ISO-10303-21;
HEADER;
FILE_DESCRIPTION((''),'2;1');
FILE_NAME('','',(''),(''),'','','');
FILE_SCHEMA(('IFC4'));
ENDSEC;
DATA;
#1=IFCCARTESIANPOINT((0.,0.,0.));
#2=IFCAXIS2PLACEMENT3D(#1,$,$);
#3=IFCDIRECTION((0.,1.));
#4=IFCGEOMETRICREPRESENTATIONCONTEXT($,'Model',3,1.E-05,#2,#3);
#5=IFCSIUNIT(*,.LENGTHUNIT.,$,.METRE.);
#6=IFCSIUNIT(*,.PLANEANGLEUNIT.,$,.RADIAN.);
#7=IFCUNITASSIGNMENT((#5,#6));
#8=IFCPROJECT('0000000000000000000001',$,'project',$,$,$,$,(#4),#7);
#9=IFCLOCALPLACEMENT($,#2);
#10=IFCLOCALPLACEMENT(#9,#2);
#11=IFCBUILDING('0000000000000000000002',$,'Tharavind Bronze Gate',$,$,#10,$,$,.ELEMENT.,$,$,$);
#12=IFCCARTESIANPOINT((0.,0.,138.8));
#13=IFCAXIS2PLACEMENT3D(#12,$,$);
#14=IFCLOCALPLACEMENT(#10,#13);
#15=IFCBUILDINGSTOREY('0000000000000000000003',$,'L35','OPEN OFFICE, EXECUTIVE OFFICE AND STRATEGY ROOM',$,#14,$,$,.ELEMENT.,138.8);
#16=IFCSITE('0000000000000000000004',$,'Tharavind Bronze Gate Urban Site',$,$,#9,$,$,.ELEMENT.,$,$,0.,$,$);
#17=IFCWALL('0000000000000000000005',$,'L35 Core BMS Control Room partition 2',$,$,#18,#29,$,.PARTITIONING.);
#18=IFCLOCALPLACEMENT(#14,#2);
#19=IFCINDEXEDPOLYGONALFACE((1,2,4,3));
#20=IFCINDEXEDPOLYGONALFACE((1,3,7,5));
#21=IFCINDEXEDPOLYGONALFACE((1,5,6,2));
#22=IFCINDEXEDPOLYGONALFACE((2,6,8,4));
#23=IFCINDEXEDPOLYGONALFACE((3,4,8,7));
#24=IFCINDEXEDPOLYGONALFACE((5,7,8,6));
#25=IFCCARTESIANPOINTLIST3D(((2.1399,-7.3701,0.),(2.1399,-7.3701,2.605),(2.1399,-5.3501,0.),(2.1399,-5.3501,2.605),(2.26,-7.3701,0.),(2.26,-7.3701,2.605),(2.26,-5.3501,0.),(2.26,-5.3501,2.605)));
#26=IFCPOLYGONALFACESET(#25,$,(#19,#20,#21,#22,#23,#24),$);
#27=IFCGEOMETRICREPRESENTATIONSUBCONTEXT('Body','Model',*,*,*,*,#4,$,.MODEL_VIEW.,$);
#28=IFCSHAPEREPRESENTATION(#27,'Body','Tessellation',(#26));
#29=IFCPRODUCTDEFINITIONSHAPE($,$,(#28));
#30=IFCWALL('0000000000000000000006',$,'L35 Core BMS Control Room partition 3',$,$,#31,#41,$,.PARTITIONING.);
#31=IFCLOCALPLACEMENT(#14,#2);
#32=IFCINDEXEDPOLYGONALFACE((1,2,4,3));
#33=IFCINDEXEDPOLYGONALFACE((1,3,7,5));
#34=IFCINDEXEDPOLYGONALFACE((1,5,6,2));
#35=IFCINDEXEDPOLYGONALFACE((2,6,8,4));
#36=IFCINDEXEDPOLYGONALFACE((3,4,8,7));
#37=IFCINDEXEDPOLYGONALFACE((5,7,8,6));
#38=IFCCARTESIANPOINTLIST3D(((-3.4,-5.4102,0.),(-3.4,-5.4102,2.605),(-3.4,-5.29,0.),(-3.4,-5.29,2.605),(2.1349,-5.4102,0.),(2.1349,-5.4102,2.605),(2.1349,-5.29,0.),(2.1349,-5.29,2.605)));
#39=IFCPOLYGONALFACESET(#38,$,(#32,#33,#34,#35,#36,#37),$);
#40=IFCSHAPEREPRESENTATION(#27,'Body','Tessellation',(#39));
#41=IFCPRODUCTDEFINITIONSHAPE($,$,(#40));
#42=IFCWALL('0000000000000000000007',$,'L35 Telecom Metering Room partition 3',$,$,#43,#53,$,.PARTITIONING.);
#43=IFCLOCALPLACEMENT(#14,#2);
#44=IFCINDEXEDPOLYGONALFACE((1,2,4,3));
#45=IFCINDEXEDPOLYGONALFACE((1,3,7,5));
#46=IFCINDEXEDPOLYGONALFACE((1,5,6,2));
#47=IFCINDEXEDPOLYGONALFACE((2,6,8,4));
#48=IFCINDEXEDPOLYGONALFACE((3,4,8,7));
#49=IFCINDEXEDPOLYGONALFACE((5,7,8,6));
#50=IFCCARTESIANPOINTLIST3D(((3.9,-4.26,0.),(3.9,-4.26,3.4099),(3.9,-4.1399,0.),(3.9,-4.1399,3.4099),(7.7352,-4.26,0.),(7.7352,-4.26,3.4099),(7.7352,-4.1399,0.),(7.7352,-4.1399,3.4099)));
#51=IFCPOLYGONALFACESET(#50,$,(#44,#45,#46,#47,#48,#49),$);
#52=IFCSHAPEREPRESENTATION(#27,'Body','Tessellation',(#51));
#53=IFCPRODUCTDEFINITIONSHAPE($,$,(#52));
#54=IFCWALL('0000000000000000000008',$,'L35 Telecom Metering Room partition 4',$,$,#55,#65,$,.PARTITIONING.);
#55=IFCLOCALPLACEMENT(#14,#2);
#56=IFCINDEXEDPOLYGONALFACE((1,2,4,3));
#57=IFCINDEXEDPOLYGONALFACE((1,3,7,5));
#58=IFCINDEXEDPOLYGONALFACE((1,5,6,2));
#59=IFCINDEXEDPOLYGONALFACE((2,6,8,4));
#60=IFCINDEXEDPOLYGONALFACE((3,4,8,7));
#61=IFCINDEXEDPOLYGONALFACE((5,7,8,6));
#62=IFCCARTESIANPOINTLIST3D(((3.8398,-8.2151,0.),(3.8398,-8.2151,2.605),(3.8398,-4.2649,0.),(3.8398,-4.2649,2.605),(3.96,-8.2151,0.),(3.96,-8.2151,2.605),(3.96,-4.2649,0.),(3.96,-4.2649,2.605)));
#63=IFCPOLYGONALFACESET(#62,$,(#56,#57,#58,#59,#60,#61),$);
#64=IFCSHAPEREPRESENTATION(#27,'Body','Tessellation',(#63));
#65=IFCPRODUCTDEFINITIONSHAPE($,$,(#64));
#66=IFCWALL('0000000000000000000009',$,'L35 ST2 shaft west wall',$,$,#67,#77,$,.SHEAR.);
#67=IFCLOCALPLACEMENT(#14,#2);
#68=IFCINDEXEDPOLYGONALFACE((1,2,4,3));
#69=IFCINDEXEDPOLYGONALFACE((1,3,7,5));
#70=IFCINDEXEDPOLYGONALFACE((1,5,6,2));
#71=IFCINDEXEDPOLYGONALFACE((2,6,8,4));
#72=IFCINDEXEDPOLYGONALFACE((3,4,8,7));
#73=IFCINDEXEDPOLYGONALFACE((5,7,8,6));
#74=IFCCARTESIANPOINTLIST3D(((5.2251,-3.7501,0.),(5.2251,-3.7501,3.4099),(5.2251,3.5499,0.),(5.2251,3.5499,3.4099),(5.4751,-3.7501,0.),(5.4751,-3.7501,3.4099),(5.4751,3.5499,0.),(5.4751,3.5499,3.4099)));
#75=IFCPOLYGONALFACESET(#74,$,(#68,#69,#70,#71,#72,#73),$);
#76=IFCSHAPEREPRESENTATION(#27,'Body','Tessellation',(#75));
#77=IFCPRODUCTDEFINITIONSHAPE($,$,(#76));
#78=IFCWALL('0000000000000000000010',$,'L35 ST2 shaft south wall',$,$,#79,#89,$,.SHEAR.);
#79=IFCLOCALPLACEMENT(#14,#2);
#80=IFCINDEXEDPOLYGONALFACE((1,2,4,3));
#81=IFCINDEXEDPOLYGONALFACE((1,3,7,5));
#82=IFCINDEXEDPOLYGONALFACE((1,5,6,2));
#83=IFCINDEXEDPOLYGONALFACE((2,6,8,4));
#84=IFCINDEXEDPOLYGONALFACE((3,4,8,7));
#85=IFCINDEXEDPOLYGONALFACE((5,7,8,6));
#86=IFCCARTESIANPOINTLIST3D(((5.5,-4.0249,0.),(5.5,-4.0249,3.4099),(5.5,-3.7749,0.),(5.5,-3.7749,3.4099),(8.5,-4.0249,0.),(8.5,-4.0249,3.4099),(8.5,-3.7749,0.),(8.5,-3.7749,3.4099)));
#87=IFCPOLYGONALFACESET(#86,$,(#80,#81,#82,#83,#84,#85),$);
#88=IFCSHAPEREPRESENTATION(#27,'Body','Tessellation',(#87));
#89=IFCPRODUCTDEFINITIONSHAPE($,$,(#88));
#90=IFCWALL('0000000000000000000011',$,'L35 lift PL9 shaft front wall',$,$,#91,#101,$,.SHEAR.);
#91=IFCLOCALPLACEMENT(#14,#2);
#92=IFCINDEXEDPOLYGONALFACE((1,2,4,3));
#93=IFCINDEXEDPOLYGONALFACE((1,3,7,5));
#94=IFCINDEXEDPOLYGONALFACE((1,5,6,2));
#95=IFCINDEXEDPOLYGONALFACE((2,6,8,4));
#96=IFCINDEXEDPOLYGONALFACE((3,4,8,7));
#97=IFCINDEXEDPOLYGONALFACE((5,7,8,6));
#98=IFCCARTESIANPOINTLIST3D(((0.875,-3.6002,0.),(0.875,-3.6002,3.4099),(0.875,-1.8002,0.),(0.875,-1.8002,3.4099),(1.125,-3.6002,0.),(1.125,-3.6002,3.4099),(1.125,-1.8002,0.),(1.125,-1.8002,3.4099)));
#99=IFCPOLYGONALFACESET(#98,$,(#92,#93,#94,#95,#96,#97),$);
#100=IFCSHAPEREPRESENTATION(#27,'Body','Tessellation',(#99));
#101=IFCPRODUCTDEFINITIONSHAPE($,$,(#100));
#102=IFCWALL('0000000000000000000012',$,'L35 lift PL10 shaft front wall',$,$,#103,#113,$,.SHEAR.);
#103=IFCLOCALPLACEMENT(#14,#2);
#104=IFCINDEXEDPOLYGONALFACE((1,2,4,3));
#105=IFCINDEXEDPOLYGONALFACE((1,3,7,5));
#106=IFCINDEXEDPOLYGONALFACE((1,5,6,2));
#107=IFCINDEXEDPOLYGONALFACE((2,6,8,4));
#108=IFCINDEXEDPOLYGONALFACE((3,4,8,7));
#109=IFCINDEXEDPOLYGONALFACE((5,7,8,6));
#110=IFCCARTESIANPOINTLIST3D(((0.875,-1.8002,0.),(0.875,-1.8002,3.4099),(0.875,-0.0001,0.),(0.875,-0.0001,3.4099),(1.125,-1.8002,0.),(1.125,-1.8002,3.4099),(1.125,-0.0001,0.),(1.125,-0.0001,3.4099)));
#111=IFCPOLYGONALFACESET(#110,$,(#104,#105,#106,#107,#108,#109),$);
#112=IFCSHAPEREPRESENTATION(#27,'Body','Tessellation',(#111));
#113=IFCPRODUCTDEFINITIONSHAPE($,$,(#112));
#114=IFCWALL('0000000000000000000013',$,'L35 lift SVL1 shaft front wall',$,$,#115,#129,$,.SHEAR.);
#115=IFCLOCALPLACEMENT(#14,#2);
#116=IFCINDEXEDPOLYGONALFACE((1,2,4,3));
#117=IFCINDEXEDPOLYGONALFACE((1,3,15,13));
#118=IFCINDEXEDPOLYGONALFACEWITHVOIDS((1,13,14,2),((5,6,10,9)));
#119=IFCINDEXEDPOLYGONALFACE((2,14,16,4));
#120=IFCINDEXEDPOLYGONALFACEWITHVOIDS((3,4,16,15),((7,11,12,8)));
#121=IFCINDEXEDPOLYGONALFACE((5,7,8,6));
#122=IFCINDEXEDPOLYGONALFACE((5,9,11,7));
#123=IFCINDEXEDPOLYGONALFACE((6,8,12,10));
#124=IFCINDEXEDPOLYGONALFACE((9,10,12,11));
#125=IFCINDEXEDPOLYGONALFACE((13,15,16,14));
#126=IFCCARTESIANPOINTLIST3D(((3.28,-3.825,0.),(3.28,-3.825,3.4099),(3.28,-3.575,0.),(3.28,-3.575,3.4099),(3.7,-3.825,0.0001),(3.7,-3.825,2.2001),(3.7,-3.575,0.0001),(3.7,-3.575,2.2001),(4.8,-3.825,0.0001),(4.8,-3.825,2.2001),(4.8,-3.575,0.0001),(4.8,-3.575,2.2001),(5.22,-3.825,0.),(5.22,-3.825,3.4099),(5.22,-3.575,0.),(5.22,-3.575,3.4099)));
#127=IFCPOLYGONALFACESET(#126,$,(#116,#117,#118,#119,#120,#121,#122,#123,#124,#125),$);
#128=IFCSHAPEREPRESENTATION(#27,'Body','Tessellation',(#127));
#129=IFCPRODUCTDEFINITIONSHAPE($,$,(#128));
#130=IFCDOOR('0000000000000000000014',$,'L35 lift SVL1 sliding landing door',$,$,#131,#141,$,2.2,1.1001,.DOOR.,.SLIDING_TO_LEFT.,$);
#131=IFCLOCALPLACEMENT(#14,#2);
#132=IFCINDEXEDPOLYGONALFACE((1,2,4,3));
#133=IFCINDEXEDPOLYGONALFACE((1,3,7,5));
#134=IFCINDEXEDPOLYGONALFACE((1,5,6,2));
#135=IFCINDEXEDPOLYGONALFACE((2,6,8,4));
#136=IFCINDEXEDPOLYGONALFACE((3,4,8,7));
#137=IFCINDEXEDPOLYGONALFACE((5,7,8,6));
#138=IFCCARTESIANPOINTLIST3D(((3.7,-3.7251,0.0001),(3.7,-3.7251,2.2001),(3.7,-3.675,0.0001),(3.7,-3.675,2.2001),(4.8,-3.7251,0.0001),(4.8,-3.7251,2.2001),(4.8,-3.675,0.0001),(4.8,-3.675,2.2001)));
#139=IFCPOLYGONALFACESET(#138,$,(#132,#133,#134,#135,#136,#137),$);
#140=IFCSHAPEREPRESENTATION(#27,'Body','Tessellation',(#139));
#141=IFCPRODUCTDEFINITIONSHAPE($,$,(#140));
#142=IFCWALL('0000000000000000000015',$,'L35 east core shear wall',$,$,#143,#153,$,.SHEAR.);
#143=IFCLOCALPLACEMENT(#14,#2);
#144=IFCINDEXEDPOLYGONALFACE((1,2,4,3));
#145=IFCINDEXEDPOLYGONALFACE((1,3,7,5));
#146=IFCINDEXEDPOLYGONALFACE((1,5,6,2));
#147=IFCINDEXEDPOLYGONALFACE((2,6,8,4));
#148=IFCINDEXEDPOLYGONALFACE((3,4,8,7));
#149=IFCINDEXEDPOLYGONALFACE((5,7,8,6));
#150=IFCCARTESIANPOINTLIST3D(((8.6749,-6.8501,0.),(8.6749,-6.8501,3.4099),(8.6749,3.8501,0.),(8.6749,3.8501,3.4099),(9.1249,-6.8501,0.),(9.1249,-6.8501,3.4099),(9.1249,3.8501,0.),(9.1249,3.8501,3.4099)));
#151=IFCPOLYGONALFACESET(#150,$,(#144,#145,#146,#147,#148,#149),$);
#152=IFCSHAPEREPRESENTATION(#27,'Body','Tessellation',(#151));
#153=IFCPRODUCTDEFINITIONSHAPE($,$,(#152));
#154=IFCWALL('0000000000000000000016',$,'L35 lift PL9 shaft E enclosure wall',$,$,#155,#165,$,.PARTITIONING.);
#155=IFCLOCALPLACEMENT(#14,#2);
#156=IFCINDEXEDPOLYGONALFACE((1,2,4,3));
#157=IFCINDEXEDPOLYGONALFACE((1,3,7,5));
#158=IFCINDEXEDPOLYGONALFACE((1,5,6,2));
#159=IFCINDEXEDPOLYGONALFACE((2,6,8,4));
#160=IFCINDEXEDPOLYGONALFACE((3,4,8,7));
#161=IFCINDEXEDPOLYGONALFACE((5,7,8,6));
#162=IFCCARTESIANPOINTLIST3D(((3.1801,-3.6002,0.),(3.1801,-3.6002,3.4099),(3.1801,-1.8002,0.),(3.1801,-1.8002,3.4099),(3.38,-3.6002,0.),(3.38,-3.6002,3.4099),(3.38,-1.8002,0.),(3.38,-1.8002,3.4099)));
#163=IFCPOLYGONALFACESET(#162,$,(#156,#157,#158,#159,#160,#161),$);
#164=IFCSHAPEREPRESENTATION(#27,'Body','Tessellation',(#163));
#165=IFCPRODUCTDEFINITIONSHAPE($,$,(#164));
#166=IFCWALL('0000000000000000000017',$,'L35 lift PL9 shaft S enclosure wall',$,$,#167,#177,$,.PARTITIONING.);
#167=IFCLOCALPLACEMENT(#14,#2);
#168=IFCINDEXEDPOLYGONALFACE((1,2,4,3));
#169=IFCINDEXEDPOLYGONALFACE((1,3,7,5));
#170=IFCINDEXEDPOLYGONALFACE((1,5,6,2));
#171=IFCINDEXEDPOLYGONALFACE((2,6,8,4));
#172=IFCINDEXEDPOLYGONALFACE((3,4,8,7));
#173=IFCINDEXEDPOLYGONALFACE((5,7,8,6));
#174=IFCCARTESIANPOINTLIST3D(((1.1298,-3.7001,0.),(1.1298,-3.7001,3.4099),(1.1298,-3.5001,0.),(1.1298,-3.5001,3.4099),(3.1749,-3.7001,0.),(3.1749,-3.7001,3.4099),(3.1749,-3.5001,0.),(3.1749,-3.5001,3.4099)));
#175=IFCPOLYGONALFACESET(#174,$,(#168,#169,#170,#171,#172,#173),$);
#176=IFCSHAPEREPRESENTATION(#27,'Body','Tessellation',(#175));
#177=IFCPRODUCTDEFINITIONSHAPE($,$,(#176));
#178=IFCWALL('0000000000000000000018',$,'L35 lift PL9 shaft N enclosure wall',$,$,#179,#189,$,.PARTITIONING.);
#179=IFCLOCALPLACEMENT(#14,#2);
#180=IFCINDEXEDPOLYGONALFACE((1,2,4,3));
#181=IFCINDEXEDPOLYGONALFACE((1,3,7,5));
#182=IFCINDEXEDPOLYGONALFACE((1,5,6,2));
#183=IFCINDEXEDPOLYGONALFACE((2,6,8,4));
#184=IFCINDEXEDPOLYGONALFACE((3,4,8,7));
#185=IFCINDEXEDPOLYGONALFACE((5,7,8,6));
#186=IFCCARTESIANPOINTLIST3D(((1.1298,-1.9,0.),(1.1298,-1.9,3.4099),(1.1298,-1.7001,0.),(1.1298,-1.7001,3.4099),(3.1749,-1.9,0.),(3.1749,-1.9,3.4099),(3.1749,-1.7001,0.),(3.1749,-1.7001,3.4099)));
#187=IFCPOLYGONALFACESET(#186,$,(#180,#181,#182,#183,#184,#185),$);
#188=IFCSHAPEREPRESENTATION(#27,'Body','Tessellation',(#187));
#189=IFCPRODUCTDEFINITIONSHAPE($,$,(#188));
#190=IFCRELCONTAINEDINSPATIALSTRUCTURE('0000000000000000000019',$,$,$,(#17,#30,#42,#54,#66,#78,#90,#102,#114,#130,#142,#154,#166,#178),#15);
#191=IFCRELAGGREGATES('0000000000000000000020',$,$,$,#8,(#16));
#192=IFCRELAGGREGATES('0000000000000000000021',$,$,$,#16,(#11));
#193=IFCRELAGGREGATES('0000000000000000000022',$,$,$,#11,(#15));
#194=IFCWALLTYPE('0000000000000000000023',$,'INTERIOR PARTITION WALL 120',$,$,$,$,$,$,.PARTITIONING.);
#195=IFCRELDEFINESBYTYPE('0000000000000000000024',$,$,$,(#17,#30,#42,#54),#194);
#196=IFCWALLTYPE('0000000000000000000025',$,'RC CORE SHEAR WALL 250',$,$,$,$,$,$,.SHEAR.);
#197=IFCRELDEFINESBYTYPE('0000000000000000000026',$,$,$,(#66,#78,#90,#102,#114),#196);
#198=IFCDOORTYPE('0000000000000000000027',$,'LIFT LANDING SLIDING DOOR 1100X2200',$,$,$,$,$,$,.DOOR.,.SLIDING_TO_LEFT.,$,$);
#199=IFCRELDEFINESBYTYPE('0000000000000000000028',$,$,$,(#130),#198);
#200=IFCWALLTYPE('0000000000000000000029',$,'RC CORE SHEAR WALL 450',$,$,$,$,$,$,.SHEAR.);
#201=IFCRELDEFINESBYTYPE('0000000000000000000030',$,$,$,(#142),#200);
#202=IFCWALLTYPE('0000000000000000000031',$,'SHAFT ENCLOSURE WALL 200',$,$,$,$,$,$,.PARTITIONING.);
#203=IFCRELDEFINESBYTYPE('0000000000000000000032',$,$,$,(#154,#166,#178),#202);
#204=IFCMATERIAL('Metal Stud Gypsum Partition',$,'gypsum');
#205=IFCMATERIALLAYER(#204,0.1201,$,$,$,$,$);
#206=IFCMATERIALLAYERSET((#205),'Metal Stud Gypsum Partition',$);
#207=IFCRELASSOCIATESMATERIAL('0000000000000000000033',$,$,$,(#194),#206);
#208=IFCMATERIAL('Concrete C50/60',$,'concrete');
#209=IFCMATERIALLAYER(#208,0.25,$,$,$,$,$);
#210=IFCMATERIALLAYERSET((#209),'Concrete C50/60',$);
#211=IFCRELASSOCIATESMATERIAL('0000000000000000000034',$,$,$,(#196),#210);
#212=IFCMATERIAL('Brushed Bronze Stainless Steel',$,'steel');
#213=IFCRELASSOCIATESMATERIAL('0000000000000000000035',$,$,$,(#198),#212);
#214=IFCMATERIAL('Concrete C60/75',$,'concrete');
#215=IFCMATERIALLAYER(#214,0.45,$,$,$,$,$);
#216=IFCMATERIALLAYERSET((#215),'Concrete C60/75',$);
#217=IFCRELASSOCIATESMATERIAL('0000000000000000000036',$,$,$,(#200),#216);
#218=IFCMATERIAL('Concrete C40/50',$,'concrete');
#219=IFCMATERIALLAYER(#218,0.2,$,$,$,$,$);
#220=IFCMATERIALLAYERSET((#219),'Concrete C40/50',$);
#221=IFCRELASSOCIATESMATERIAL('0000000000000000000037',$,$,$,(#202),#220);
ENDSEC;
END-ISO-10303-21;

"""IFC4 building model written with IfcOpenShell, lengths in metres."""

from ifc_helpers import new_model, si_unit, direction, frame, frame_2d, origin, place, context, subcontext, project, spatial, rectangle, extrude, material, layer, layer_set, type_object, element, fill, save


model = new_model("IFC4")

# Units and contexts
model_context = context("Model", 3, precision=1e-05, world=origin(), true_north=direction((0.0, 1.0)))
body_context = subcontext(model_context, "Body", "Model", "MODEL_VIEW")
ifc_project = project(units=[si_unit("LENGTHUNIT", "METRE"), si_unit("PLANEANGLEUNIT", "RADIAN")], contexts=[model_context])

# Site, building, storey
site_placement = place(None, origin())
site = spatial("IfcSite", under=ifc_project, at=site_placement, Name="Tharavind Bronze Gate Urban Site", CompositionType="ELEMENT", RefElevation=0.0)
building_placement = place(site_placement, origin())
building = spatial("IfcBuilding", under=site, at=building_placement, Name="Tharavind Bronze Gate", CompositionType="ELEMENT")
storey_placement = place(building_placement, frame((0.0, 0.0, 138.8)))
storey = spatial("IfcBuildingStorey", under=building, at=storey_placement, Name="L35", Description="OPEN OFFICE, EXECUTIVE OFFICE AND STRATEGY ROOM", CompositionType="ELEMENT", Elevation=138.8)

# Shared definitions
ifc_material_1 = material(Name="Concrete C60/75", Category="concrete")

# Walls
ifc_material_2 = material(Name="Metal Stud Gypsum Partition", Category="gypsum")
ifc_layer_1 = layer(ifc_material_2, 0.1201)
ifc_layer_set_1 = layer_set([ifc_layer_1], Name="Metal Stud Gypsum Partition")
wall_type_1 = type_object("IfcWallType", Name="INTERIOR PARTITION WALL 120", PredefinedType="PARTITIONING", material=ifc_layer_set_1)
wall_1_placement = place(storey_placement, frame((2.2, -7.3701, 0.0), z_axis=(0.0, 0.0, 1.0), x_axis=(0.0, 1.0, 0.0)))
element("IfcWall", 1, at=wall_1_placement, inside=storey, type_object=wall_type_1, Name="L35 Core BMS Control Room partition 2", PredefinedType="PARTITIONING", context=body_context, shape_type="SweptSolid", body=[
    extrude(rectangle(XDim=2.02, YDim=0.1201, at=frame_2d((1.01, 0.0))), origin(), (0.0, 0.0, 1.0), 2.605),
])
wall_2_placement = place(storey_placement, frame((2.135, -5.3501, 0.0), z_axis=(0.0, 0.0, 1.0), x_axis=(-1.0, 0.0, 0.0)))
element("IfcWall", 2, at=wall_2_placement, inside=storey, type_object=wall_type_1, Name="L35 Core BMS Control Room partition 3", PredefinedType="PARTITIONING", context=body_context, shape_type="SweptSolid", body=[
    extrude(rectangle(XDim=5.5349, YDim=0.1201, at=frame_2d((2.7676, 0.0))), origin(), (0.0, 0.0, 1.0), 2.605),
])
wall_3_placement = place(storey_placement, frame((7.7351, -4.2, 0.0), z_axis=(0.0, 0.0, 1.0), x_axis=(-1.0, 0.0, 0.0)))
element("IfcWall", 3, at=wall_3_placement, inside=storey, type_object=wall_type_1, Name="L35 Telecom Metering Room partition 3", PredefinedType="PARTITIONING", context=body_context, shape_type="SweptSolid", body=[
    extrude(rectangle(XDim=3.8352, YDim=0.1201, at=frame_2d((1.9175, 0.0))), origin(), (0.0, 0.0, 1.0), 3.4099),
])
wall_4_placement = place(storey_placement, frame((3.8999, -4.2649, 0.0), z_axis=(0.0, 0.0, 1.0), x_axis=(0.0, -1.0, 0.0)))
element("IfcWall", 4, at=wall_4_placement, inside=storey, type_object=wall_type_1, Name="L35 Telecom Metering Room partition 4", PredefinedType="PARTITIONING", context=body_context, shape_type="SweptSolid", body=[
    extrude(rectangle(XDim=3.9502, YDim=0.1201, at=frame_2d((1.9751, 0.0))), origin(), (0.0, 0.0, 1.0), 2.605),
])
ifc_material_3 = material(Name="Concrete C50/60", Category="concrete")
ifc_layer_2 = layer(ifc_material_3, 0.25)
ifc_layer_set_2 = layer_set([ifc_layer_2], Name="Concrete C50/60")
wall_type_2 = type_object("IfcWallType", Name="RC CORE SHEAR WALL 250", PredefinedType="SHEAR", material=ifc_layer_set_2)
wall_5_placement = place(storey_placement, frame((5.3501, -3.75, 0.0), z_axis=(0.0, 0.0, 1.0), x_axis=(0.0, 1.0, 0.0)))
element("IfcWall", 5, at=wall_5_placement, inside=storey, type_object=wall_type_2, Name="L35 ST2 shaft west wall", PredefinedType="SHEAR", context=body_context, shape_type="SweptSolid", body=[
    extrude(rectangle(XDim=7.3, YDim=0.25, at=frame_2d((3.6499, 0.0))), origin(), (0.0, 0.0, 1.0), 3.4099),
])
wall_6_placement = place(storey_placement, frame((5.5, -3.8999, 0.0), z_axis=(0.0, 0.0, 1.0), x_axis=(1.0, 0.0, 0.0)))
element("IfcWall", 6, at=wall_6_placement, inside=storey, type_object=wall_type_2, Name="L35 ST2 shaft south wall", PredefinedType="SHEAR", context=body_context, shape_type="SweptSolid", body=[
    extrude(rectangle(XDim=3.0, YDim=0.25, at=frame_2d((1.5, 0.0))), origin(), (0.0, 0.0, 1.0), 3.4099),
])
for number, where, z_axis, x_axis, name in (
    (7, (1.0, -3.6001, 0.0), (0.0, 0.0, 1.0), (0.0, 1.0, 0.0), "L35 lift PL9 shaft front wall"),
    (8, (1.0, -1.8, 0.0), (0.0, 0.0, 1.0), (0.0, 1.0, 0.0), "L35 lift PL10 shaft front wall"),
):
    element("IfcWall", number, at=place(storey_placement, frame(where, z_axis=z_axis, x_axis=x_axis)), inside=storey, type_object=wall_type_2, Name=name, PredefinedType="SHEAR", context=body_context, shape_type="SweptSolid", body=[
        extrude(rectangle(XDim=1.8, YDim=0.25, at=frame_2d((0.8999, 0.0))), origin(), (0.0, 0.0, 1.0), 3.4099),
    ])

# Wall, opening, door
wall_7_placement = place(storey_placement, frame((3.28, -3.7, 0.0), z_axis=(0.0, 0.0, 1.0), x_axis=(1.0, 0.0, 0.0)))
wall_7 = element("IfcWall", 9, at=wall_7_placement, inside=storey, type_object=wall_type_2, Name="L35 lift SVL1 shaft front wall", PredefinedType="SHEAR", context=body_context, shape_type="SweptSolid", body=[
    extrude(rectangle(XDim=1.9399, YDim=0.25, at=frame_2d((0.97, 0.0))), origin(), (0.0, 0.0, 1.0), 3.4099),
])
opening_1_placement = place(wall_7_placement, frame((0.4199, 0.0, 0.0)))
opening_1 = element("IfcOpeningElement", 10, at=opening_1_placement, cuts=wall_7, PredefinedType="OPENING", context=body_context, shape_type="SweptSolid", body=[
    extrude(rectangle(XDim=1.1001, YDim=2.2, at=frame_2d((0.55, 1.1001))), frame((0.0, 0.135, 0.0), z_axis=(0.0, -1.0, 0.0), x_axis=(1.0, 0.0, 0.0)), (0.0, 0.0, 1.0), 0.27),
])
ifc_material_4 = material(Name="Brushed Bronze Stainless Steel", Category="steel")
door_type_1 = type_object("IfcDoorType", Name="LIFT LANDING SLIDING DOOR 1100X2200", OperationType="SLIDING_TO_LEFT", PredefinedType="DOOR", material=ifc_material_4)
door_1_placement = place(opening_1_placement, origin())
door_1 = element("IfcDoor", 11, at=door_1_placement, inside=storey, type_object=door_type_1, Name="L35 lift SVL1 sliding landing door", OperationType="SLIDING_TO_LEFT", OverallHeight=2.2, OverallWidth=1.1001, PredefinedType="DOOR", context=body_context, shape_type="SweptSolid", body=[
    extrude(rectangle(XDim=1.1001, YDim=2.2, at=frame_2d((0.55, 1.1001))), frame((0.0, 0.0249, 0.0), z_axis=(0.0, -1.0, 0.0), x_axis=(1.0, 0.0, 0.0)), (0.0, 0.0, 1.0), 0.05),
])
fill(opening_1, door_1)

# Walls
ifc_layer_3 = layer(ifc_material_1, 0.45)
ifc_layer_set_3 = layer_set([ifc_layer_3], Name="Concrete C60/75")
wall_type_3 = type_object("IfcWallType", Name="RC CORE SHEAR WALL 450", PredefinedType="SHEAR", material=ifc_layer_set_3)
wall_8_placement = place(storey_placement, frame((8.8999, -6.8501, 0.0), z_axis=(0.0, 0.0, 1.0), x_axis=(0.0, 1.0, 0.0)))
element("IfcWall", 12, at=wall_8_placement, inside=storey, type_object=wall_type_3, Name="L35 east core shear wall", PredefinedType="SHEAR", context=body_context, shape_type="SweptSolid", body=[
    extrude(rectangle(XDim=10.7002, YDim=0.45, at=frame_2d((5.3501, 0.0))), origin(), (0.0, 0.0, 1.0), 3.4099),
])
ifc_material_5 = material(Name="Concrete C40/50", Category="concrete")
ifc_layer_4 = layer(ifc_material_5, 0.2)
ifc_layer_set_4 = layer_set([ifc_layer_4], Name="Concrete C40/50")
wall_type_4 = type_object("IfcWallType", Name="SHAFT ENCLOSURE WALL 200", PredefinedType="PARTITIONING", material=ifc_layer_set_4)
wall_9_placement = place(storey_placement, frame((3.28, -3.6001, 0.0), z_axis=(0.0, 0.0, 1.0), x_axis=(0.0, 1.0, 0.0)))
element("IfcWall", 13, at=wall_9_placement, inside=storey, type_object=wall_type_4, Name="L35 lift PL9 shaft E enclosure wall", PredefinedType="PARTITIONING", context=body_context, shape_type="SweptSolid", body=[
    extrude(rectangle(XDim=1.8, YDim=0.2, at=frame_2d((0.8999, 0.0))), origin(), (0.0, 0.0, 1.0), 3.4099),
])
for number, where, z_axis, x_axis, name in (
    (14, (1.1299, -3.6001, 0.0), (0.0, 0.0, 1.0), (1.0, 0.0, 0.0), "L35 lift PL9 shaft S enclosure wall"),
    (15, (1.1299, -1.8, 0.0), (0.0, 0.0, 1.0), (1.0, 0.0, 0.0), "L35 lift PL9 shaft N enclosure wall"),
):
    element("IfcWall", number, at=place(storey_placement, frame(where, z_axis=z_axis, x_axis=x_axis)), inside=storey, type_object=wall_type_4, Name=name, PredefinedType="PARTITIONING", context=body_context, shape_type="SweptSolid", body=[
        extrude(rectangle(XDim=2.0452, YDim=0.2, at=frame_2d((1.0225, 0.0))), origin(), (0.0, 0.0, 1.0), 3.4099),
    ])

save(model, "model.ifc")
